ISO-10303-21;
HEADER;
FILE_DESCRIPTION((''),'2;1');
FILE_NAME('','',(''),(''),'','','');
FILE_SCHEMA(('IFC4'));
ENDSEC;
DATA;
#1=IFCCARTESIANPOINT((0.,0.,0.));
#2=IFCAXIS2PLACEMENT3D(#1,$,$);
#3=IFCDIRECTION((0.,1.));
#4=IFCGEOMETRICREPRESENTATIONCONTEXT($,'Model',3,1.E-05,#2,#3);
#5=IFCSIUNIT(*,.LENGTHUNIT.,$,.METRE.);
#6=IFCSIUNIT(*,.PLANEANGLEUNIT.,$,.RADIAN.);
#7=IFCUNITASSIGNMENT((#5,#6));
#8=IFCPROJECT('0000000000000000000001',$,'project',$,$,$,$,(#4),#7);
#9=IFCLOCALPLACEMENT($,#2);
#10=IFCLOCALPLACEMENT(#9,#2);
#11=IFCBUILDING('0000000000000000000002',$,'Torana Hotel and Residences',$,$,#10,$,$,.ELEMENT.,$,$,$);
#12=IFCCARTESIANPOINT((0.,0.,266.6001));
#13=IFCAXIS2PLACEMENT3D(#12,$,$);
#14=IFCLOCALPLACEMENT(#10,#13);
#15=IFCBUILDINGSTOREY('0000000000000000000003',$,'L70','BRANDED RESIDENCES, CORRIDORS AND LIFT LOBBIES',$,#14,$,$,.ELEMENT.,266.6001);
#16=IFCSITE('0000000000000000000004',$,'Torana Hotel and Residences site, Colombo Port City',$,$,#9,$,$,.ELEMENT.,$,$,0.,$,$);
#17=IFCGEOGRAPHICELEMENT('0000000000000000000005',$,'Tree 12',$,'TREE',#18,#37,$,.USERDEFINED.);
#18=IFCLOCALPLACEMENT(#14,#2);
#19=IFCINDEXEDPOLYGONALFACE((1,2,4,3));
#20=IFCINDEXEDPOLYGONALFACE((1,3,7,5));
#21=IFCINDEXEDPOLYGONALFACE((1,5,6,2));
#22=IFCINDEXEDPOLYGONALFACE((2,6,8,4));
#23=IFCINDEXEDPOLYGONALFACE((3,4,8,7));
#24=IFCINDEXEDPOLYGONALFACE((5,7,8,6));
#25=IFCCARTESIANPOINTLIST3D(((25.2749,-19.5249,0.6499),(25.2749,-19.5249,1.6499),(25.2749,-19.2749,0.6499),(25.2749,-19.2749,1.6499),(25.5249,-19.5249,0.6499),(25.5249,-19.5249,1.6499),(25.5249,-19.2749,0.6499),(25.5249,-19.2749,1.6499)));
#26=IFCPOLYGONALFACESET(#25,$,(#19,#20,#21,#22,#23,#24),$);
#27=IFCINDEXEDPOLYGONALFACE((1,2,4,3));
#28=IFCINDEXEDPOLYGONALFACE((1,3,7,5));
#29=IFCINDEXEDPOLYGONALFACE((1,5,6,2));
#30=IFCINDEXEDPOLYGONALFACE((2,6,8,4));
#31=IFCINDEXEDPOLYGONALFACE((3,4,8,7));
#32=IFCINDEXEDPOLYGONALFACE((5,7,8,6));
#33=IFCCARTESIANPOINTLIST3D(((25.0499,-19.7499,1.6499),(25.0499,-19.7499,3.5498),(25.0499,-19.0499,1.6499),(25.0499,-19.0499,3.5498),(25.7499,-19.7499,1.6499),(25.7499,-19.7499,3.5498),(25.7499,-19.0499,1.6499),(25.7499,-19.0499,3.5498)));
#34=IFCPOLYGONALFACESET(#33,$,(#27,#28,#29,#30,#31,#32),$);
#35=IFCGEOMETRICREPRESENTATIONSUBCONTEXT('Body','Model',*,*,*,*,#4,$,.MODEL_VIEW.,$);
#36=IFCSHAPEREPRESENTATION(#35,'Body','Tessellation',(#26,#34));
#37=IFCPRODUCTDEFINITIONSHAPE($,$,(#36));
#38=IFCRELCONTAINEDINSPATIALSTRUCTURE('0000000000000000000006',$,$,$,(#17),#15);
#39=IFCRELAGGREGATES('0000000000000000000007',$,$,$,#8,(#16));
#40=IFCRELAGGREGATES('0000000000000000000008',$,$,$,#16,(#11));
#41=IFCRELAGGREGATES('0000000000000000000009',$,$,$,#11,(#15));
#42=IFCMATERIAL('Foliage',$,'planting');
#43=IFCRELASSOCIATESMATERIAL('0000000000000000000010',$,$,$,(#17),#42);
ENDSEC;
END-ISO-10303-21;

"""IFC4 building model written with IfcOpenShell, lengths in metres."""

from ifc_helpers import new_model, si_unit, direction, frame, origin, origin_2d, place, context, subcontext, project, spatial, rectangle, extrude, material, element, save


model = new_model("IFC4")

# Units and contexts
model_context = context("Model", 3, precision=1e-05, world=origin(), true_north=direction((0.0, 1.0)))
body_context = subcontext(model_context, "Body", "Model", "MODEL_VIEW")
ifc_project = project(units=[si_unit("LENGTHUNIT", "METRE"), si_unit("PLANEANGLEUNIT", "RADIAN")], contexts=[model_context])

# Site, building, storey
site_placement = place(None, origin())
site = spatial("IfcSite", under=ifc_project, at=site_placement, Name="Torana Hotel and Residences site, Colombo Port City", CompositionType="ELEMENT", RefElevation=0.0)
building_placement = place(site_placement, origin())
building = spatial("IfcBuilding", under=site, at=building_placement, Name="Torana Hotel and Residences", CompositionType="ELEMENT")
storey_placement = place(building_placement, frame((0.0, 0.0, 266.6001)))
storey = spatial("IfcBuildingStorey", under=building, at=storey_placement, Name="L70", Description="BRANDED RESIDENCES, CORRIDORS AND LIFT LOBBIES", CompositionType="ELEMENT", Elevation=266.6001)

# Geographic element
ifc_material_1 = material(Name="Foliage", Category="planting")
geographic_element_placement = place(storey_placement, frame((25.3999, -19.3999, 0.6499), z_axis=(0.0, 0.0, 1.0), x_axis=(1.0, 0.0, 0.0)))
element("IfcGeographicElement", 1, at=geographic_element_placement, inside=storey, material=ifc_material_1, Name="Tree 12", ObjectType="TREE", PredefinedType="USERDEFINED", context=body_context, shape_type="SweptSolid", body=[
    extrude(rectangle(XDim=0.25, YDim=0.25, at=origin_2d()), origin(), (0.0, 0.0, 1.0), 1.0),
    extrude(rectangle(XDim=0.7, YDim=0.7, at=origin_2d()), frame((0.0, 0.0, 1.0)), (0.0, 0.0, 1.0), 1.8999),
])

save(model, "model.ifc")
